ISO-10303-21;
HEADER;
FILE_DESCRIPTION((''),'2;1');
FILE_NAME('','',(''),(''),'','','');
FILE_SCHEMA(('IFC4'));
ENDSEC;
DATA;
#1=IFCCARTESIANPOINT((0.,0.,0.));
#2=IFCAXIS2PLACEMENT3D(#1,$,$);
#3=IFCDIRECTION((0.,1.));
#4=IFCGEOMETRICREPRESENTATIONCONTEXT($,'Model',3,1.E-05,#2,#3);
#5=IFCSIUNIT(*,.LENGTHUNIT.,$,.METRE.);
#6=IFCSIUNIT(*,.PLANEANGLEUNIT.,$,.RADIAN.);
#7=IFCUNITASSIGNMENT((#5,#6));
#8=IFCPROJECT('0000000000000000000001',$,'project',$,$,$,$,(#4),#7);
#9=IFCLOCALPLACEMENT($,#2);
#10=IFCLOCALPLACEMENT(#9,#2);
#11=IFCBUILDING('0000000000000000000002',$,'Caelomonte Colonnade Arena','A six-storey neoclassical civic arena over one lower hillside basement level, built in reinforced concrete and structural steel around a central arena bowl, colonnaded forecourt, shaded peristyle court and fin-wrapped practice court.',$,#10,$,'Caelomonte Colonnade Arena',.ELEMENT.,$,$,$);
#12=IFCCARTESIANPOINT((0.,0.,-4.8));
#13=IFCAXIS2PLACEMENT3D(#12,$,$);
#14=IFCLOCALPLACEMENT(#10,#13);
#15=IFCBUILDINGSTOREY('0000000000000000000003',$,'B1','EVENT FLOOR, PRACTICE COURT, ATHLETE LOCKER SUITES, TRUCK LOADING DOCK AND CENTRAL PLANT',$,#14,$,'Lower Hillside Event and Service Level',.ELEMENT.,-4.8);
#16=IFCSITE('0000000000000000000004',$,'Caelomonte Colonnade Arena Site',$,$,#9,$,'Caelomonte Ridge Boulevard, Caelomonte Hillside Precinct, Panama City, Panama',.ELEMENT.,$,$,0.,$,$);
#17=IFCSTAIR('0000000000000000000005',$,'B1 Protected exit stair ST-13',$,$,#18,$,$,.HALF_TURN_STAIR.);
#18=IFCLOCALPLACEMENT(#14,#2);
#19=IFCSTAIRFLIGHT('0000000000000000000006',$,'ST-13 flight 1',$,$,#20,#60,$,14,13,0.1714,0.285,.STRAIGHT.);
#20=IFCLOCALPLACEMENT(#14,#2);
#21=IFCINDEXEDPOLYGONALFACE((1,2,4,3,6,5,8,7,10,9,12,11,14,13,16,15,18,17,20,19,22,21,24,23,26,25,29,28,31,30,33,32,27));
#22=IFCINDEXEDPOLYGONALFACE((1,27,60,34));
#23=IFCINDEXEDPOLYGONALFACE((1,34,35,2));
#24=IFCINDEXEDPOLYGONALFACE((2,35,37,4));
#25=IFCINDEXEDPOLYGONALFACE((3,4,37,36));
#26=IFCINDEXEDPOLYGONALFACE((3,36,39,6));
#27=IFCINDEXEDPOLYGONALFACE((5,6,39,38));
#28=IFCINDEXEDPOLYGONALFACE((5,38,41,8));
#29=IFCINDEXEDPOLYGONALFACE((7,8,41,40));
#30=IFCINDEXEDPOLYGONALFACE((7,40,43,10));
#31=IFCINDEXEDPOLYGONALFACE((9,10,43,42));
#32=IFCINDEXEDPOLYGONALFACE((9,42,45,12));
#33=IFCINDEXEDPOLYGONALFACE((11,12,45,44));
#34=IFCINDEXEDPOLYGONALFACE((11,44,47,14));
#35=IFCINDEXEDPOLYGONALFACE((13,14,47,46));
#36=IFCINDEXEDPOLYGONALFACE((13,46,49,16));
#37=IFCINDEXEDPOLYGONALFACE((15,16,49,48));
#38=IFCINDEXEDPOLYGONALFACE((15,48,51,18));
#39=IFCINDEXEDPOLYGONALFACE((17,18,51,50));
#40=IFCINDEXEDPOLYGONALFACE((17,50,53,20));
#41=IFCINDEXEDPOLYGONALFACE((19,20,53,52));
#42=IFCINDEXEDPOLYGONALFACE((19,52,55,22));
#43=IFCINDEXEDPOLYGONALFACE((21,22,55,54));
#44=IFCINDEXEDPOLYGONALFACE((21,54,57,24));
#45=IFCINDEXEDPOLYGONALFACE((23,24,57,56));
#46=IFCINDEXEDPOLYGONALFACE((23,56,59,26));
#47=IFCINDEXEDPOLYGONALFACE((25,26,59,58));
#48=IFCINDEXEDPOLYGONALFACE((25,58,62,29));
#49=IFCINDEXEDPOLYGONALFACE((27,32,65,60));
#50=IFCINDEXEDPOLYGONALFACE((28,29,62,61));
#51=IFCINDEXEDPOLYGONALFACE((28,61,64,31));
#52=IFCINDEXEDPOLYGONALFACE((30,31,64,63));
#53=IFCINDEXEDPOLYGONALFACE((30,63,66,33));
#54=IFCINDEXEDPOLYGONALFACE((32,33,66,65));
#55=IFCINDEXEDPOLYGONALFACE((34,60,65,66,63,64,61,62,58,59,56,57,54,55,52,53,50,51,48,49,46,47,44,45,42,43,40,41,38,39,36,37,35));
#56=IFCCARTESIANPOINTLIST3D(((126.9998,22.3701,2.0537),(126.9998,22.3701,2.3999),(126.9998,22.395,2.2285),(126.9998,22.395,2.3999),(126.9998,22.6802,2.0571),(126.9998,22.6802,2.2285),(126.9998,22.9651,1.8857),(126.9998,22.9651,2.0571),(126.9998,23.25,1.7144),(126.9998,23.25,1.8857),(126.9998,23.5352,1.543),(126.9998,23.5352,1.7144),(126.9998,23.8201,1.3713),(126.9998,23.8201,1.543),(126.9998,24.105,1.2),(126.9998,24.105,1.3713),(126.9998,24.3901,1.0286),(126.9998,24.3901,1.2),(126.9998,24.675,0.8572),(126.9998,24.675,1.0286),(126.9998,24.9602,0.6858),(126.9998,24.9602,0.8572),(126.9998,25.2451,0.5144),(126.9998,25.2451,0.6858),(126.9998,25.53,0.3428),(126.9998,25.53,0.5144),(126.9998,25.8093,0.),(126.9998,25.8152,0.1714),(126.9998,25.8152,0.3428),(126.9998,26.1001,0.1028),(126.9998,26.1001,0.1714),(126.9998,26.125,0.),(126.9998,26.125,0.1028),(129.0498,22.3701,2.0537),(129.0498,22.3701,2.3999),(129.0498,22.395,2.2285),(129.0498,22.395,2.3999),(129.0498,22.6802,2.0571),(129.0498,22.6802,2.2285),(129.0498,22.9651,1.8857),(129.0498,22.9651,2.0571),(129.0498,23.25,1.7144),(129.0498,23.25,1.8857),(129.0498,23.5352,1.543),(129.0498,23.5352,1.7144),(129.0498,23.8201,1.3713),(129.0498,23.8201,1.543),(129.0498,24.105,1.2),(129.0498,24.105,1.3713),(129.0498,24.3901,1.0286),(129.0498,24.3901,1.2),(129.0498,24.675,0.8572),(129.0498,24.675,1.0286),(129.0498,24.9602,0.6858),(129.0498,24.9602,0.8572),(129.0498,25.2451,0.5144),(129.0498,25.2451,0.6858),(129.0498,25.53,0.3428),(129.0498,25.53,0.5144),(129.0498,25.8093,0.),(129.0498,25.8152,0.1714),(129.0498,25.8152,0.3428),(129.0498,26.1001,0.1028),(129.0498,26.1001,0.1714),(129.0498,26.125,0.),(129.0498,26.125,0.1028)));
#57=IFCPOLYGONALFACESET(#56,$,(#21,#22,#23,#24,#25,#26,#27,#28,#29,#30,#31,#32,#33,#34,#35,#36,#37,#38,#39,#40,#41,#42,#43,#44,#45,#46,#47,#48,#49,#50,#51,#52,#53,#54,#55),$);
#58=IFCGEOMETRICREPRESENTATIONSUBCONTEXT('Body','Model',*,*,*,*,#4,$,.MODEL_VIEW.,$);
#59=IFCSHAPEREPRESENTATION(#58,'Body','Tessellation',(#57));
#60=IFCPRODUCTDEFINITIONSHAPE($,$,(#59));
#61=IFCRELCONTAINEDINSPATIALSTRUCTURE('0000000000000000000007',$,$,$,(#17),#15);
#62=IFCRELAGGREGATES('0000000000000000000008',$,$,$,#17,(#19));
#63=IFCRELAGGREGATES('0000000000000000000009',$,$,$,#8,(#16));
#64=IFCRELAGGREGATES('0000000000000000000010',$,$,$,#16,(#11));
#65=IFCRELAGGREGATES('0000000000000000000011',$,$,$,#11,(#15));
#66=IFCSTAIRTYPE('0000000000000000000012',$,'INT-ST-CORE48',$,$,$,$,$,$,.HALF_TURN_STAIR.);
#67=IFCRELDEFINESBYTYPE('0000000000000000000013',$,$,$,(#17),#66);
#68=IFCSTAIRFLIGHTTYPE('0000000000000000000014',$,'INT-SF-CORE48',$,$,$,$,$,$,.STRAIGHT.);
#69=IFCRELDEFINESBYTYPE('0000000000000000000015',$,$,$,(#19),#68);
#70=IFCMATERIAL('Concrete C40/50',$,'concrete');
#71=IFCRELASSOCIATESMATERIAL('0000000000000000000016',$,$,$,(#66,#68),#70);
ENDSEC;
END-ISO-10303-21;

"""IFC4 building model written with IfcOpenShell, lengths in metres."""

from ifc_helpers import new_model, si_unit, direction, frame, origin, place, context, subcontext, project, spatial, polyline, outline, extrude, material, type_object, element, aggregate, save


model = new_model("IFC4")

# Units and contexts
model_context = context("Model", 3, precision=1e-05, world=origin(), true_north=direction((0.0, 1.0)))
body_context = subcontext(model_context, "Body", "Model", "MODEL_VIEW")
ifc_project = project(units=[si_unit("LENGTHUNIT", "METRE"), si_unit("PLANEANGLEUNIT", "RADIAN")], contexts=[model_context])

# Site, building, storey
site_placement = place(None, origin())
site = spatial("IfcSite", under=ifc_project, at=site_placement, Name="Caelomonte Colonnade Arena Site", LongName="Caelomonte Ridge Boulevard, Caelomonte Hillside Precinct, Panama City, Panama", CompositionType="ELEMENT", RefElevation=0.0)
building_placement = place(site_placement, origin())
building = spatial("IfcBuilding", under=site, at=building_placement, Name="Caelomonte Colonnade Arena", Description="A six-storey neoclassical civic arena over one lower hillside basement level, built in reinforced concrete and structural steel around a central arena bowl, colonnaded forecourt, shaded peristyle court and fin-wrapped practice court.", LongName="Caelomonte Colonnade Arena", CompositionType="ELEMENT")
storey_placement = place(building_placement, frame((0.0, 0.0, -4.8)))
storey = spatial("IfcBuildingStorey", under=building, at=storey_placement, Name="B1", Description="EVENT FLOOR, PRACTICE COURT, ATHLETE LOCKER SUITES, TRUCK LOADING DOCK AND CENTRAL PLANT", LongName="Lower Hillside Event and Service Level", CompositionType="ELEMENT", Elevation=-4.8)

# Shared definitions
ifc_material_1 = material(Name="Concrete C40/50", Category="concrete")

# Stair, stair flight
stair_type = type_object("IfcStairType", Name="INT-ST-CORE48", PredefinedType="HALF_TURN_STAIR", material=ifc_material_1)
stair_placement = place(storey_placement, origin())
stair = element("IfcStair", 1, at=stair_placement, inside=storey, type_object=stair_type, Name="B1 Protected exit stair ST-13", PredefinedType="HALF_TURN_STAIR")
stair_flight_type = type_object("IfcStairFlightType", Name="INT-SF-CORE48", PredefinedType="STRAIGHT", material=ifc_material_1)
stair_flight_placement = place(storey_placement, frame((128.0249, 26.1001, 0.0), z_axis=(0.0, 0.0, 1.0), x_axis=(0.0, -1.0, 0.0)))
stair_flight = element("IfcStairFlight", 2, at=stair_flight_placement, type_object=stair_flight_type, Name="ST-13 flight 1", NumberOfRisers=14, NumberOfTreads=13, PredefinedType="STRAIGHT", RiserHeight=0.1714, TreadLength=0.285, context=body_context, shape_type="SweptSolid", body=[
    extrude(outline(polyline([(-0.0249, 0.0), (-0.0249, 0.1028), (0.0, 0.1028), (0.0, 0.1714), (0.2849, 0.1714), (0.2849, 0.3428), (0.5701, 0.3428), (0.5701, 0.5144), (0.855, 0.5144), (0.855, 0.6858), (1.1399, 0.6858), (1.1399, 0.8572), (1.425, 0.8572), (1.425, 1.0286), (1.71, 1.0286), (1.71, 1.2), (1.9951, 1.2), (1.9951, 1.3713), (2.28, 1.3713), (2.28, 1.543), (2.5649, 1.543), (2.5649, 1.7144), (2.8501, 1.7144), (2.8501, 1.8857), (3.135, 1.8857), (3.135, 2.0571), (3.4199, 2.0571), (3.4199, 2.2285), (3.7051, 2.2285), (3.7051, 2.3999), (3.73, 2.3999), (3.73, 2.0537), (0.2908, 0.0), (-0.0249, 0.0)])), frame((0.0, 1.0249, 0.0), z_axis=(0.0, -1.0, 0.0), x_axis=(1.0, 0.0, 0.0)), (0.0, 0.0, 1.0), 2.05),
])
aggregate(stair, [stair_flight])

save(model, "model.ifc")
